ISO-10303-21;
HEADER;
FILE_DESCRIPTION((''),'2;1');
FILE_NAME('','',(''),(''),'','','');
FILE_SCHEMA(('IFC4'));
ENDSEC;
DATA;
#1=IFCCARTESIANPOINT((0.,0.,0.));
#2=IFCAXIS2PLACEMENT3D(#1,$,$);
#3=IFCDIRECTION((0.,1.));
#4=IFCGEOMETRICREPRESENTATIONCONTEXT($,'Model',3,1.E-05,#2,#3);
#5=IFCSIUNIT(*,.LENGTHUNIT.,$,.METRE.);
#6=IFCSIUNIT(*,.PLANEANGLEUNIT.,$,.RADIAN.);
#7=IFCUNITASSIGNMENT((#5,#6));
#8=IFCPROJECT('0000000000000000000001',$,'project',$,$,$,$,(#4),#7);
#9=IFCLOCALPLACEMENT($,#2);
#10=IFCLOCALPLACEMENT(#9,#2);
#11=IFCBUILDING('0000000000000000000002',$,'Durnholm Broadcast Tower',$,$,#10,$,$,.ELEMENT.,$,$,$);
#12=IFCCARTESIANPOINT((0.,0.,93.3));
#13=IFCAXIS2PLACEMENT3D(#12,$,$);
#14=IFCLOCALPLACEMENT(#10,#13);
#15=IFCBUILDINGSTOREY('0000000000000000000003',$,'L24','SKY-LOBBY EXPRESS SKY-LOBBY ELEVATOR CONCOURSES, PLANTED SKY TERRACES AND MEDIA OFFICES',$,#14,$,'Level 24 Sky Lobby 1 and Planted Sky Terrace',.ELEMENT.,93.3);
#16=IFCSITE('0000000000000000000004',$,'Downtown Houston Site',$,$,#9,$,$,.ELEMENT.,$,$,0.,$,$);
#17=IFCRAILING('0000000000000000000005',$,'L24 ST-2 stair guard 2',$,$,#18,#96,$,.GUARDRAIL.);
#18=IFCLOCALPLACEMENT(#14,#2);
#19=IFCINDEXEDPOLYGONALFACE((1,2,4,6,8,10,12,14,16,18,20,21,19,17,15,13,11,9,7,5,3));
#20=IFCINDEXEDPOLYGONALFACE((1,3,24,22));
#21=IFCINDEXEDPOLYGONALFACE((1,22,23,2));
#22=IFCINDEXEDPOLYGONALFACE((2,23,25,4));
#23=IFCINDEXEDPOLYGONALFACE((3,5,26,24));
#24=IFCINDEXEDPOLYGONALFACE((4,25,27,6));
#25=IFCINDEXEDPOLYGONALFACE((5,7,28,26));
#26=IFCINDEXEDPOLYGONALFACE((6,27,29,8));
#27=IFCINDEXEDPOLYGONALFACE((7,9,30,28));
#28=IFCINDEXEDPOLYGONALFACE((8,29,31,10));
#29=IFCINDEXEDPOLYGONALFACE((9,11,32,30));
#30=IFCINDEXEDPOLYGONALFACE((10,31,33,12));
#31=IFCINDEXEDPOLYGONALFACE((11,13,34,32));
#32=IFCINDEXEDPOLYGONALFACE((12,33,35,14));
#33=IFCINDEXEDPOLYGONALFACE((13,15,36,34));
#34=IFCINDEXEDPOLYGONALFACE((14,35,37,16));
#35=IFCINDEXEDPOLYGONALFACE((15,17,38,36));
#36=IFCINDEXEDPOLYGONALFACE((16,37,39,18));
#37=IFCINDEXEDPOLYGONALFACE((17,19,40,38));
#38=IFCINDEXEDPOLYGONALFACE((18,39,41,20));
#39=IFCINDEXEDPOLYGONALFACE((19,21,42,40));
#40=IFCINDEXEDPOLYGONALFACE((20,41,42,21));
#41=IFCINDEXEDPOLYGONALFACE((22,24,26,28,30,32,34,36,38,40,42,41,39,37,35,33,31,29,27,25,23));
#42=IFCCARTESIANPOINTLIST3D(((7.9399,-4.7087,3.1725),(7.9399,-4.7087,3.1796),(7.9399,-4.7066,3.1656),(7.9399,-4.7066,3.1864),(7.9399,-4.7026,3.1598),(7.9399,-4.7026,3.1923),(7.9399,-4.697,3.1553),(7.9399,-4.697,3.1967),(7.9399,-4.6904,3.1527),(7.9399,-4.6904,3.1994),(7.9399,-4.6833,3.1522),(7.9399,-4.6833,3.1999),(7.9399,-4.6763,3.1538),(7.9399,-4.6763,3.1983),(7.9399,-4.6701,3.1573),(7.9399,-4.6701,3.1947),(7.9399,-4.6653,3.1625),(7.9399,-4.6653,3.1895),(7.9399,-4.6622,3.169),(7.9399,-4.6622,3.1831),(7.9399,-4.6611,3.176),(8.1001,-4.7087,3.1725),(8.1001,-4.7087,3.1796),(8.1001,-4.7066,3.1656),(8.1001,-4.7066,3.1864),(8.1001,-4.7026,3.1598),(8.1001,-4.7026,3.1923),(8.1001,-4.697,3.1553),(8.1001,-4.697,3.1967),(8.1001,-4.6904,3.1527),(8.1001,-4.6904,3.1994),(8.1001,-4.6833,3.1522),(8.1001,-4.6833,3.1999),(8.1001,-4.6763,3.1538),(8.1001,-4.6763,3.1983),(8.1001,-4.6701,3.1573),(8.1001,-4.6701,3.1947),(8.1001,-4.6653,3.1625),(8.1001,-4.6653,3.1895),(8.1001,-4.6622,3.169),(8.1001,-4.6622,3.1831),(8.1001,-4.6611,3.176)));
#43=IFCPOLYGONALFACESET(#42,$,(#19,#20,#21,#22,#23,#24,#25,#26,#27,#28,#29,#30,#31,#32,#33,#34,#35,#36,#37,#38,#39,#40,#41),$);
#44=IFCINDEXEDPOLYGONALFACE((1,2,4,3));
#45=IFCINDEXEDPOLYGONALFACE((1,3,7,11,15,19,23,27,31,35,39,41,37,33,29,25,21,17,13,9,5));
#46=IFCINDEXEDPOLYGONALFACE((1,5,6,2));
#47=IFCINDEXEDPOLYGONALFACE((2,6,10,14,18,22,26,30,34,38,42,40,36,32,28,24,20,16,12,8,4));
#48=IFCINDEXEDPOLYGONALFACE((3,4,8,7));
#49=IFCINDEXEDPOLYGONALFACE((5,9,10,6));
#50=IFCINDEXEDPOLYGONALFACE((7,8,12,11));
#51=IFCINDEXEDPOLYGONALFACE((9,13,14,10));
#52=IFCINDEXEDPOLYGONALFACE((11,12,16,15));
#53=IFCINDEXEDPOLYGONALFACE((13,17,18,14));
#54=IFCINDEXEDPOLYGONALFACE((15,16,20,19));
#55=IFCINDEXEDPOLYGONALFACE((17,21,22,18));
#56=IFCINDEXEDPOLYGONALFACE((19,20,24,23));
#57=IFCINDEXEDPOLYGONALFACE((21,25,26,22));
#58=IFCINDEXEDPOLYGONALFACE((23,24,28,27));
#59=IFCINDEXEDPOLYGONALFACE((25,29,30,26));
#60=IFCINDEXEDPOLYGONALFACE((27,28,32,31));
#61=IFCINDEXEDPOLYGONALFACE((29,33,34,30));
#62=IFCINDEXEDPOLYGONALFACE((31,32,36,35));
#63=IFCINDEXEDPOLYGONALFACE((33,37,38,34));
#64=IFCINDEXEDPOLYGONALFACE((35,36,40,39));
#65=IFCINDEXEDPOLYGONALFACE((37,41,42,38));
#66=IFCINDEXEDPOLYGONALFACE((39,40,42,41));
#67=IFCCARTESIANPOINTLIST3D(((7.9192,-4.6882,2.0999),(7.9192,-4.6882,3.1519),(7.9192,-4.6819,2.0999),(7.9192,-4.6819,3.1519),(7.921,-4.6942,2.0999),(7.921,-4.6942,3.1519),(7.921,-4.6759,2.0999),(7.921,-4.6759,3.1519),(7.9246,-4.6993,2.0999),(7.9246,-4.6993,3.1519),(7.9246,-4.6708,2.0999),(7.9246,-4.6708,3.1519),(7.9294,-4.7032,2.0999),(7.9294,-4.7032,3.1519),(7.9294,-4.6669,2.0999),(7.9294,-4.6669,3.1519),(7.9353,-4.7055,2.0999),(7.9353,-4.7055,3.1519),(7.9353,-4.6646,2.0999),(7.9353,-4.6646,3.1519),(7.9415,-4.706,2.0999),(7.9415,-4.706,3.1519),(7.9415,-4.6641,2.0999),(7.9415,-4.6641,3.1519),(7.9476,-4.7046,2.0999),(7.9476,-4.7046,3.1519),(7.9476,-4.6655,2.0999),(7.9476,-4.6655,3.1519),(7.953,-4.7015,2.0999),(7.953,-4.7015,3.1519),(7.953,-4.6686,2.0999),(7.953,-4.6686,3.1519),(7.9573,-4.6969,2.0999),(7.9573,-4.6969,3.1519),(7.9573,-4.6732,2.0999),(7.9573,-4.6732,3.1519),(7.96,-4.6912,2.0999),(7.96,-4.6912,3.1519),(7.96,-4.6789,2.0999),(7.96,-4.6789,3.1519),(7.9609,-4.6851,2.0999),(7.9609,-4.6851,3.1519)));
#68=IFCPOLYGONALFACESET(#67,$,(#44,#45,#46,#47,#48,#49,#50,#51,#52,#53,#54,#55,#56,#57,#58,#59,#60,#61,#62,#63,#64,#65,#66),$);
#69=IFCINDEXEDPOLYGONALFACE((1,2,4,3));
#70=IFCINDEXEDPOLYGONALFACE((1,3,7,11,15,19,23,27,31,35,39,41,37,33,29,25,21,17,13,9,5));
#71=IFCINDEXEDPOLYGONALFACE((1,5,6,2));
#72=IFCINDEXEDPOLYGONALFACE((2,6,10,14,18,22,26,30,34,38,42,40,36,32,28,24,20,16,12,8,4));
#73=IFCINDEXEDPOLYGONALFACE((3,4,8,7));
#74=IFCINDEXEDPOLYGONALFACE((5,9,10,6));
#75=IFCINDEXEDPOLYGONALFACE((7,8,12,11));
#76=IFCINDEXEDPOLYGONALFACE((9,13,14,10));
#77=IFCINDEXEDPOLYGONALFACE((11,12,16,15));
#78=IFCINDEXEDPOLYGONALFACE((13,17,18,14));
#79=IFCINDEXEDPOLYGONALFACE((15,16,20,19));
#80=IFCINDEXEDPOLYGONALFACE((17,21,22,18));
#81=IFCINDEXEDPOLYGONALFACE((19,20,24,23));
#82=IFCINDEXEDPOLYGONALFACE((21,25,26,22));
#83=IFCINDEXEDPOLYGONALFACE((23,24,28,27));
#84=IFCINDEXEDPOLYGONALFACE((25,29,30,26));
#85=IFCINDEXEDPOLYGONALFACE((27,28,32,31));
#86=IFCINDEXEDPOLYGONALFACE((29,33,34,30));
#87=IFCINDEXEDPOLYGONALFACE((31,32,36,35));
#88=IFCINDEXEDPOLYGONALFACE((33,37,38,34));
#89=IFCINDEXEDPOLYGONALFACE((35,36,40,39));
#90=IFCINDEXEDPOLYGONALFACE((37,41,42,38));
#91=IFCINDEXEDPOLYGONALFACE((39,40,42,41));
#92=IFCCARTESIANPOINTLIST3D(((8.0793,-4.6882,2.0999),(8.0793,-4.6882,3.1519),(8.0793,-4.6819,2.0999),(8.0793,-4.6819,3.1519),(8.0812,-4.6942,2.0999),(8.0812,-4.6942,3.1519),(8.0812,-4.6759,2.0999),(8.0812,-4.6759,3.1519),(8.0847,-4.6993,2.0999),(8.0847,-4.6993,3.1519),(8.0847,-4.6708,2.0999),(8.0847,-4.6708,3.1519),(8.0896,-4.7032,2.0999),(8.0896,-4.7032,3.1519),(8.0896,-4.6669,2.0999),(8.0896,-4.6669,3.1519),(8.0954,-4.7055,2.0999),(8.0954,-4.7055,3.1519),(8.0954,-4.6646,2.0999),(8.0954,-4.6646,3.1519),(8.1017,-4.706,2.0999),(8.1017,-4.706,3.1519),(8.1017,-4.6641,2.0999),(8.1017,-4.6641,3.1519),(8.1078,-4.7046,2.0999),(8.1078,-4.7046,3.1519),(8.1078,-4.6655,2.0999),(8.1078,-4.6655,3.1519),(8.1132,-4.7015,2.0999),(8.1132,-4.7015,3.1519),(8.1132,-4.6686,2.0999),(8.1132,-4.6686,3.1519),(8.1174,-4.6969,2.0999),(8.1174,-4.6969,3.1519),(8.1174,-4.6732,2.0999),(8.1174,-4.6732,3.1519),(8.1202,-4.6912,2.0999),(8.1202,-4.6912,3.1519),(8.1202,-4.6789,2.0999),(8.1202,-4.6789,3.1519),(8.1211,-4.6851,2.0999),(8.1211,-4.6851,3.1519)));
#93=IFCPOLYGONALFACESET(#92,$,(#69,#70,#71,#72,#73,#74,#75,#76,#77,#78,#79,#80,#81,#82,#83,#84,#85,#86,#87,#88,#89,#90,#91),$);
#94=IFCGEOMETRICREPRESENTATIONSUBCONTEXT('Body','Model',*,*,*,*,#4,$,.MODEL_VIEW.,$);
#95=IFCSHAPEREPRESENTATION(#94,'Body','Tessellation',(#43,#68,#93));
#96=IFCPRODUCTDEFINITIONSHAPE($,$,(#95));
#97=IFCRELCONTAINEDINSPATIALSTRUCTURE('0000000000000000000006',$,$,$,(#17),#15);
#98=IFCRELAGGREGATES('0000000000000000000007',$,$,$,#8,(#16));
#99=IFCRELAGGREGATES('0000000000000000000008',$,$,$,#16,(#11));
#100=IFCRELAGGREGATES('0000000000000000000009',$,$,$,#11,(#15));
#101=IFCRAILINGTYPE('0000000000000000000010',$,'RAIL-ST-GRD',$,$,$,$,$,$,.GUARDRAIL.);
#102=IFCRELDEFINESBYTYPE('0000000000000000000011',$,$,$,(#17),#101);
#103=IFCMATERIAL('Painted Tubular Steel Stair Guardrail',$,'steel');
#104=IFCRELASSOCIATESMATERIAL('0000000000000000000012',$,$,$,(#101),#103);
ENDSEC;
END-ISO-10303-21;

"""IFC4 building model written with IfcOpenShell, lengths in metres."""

from ifc_helpers import new_model, si_unit, direction, frame, origin, origin_2d, place, context, subcontext, project, spatial, circle, extrude, material, type_object, element, save


model = new_model("IFC4")

# Units and contexts
model_context = context("Model", 3, precision=1e-05, world=origin(), true_north=direction((0.0, 1.0)))
body_context = subcontext(model_context, "Body", "Model", "MODEL_VIEW")
ifc_project = project(units=[si_unit("LENGTHUNIT", "METRE"), si_unit("PLANEANGLEUNIT", "RADIAN")], contexts=[model_context])

# Site, building, storey
site_placement = place(None, origin())
site = spatial("IfcSite", under=ifc_project, at=site_placement, Name="Downtown Houston Site", CompositionType="ELEMENT", RefElevation=0.0)
building_placement = place(site_placement, origin())
building = spatial("IfcBuilding", under=site, at=building_placement, Name="Durnholm Broadcast Tower", CompositionType="ELEMENT")
storey_placement = place(building_placement, frame((0.0, 0.0, 93.3)))
storey = spatial("IfcBuildingStorey", under=building, at=storey_placement, Name="L24", Description="SKY-LOBBY EXPRESS SKY-LOBBY ELEVATOR CONCOURSES, PLANTED SKY TERRACES AND MEDIA OFFICES", LongName="Level 24 Sky Lobby 1 and Planted Sky Terrace", CompositionType="ELEMENT", Elevation=93.3)

# Railing
ifc_material_1 = material(Name="Painted Tubular Steel Stair Guardrail", Category="steel")
railing_type_1 = type_object("IfcRailingType", Name="RAIL-ST-GRD", PredefinedType="GUARDRAIL", material=ifc_material_1)
railing_1_placement = place(storey_placement, frame((7.9399, -4.6851, 2.0999)))
element("IfcRailing", 1, at=railing_1_placement, inside=storey, type_object=railing_type_1, Name="L24 ST-2 stair guard 2", PredefinedType="GUARDRAIL", context=body_context, shape_type="SweptSolid", body=[
    extrude(circle(Radius=0.0239, at=origin_2d()), frame((0.0, 0.0, 1.0762), z_axis=(1.0, 0.0, 0.0), x_axis=(0.0, 1.0, 0.0)), (0.0, 0.0, 1.0), 0.1602),
    extrude(circle(Radius=0.021, at=origin_2d()), origin(), (0.0, 0.0, 1.0), 1.052),
    extrude(circle(Radius=0.021, at=origin_2d()), frame((0.1602, 0.0, 0.0)), (0.0, 0.0, 1.0), 1.052),
])

save(model, "model.ifc")
